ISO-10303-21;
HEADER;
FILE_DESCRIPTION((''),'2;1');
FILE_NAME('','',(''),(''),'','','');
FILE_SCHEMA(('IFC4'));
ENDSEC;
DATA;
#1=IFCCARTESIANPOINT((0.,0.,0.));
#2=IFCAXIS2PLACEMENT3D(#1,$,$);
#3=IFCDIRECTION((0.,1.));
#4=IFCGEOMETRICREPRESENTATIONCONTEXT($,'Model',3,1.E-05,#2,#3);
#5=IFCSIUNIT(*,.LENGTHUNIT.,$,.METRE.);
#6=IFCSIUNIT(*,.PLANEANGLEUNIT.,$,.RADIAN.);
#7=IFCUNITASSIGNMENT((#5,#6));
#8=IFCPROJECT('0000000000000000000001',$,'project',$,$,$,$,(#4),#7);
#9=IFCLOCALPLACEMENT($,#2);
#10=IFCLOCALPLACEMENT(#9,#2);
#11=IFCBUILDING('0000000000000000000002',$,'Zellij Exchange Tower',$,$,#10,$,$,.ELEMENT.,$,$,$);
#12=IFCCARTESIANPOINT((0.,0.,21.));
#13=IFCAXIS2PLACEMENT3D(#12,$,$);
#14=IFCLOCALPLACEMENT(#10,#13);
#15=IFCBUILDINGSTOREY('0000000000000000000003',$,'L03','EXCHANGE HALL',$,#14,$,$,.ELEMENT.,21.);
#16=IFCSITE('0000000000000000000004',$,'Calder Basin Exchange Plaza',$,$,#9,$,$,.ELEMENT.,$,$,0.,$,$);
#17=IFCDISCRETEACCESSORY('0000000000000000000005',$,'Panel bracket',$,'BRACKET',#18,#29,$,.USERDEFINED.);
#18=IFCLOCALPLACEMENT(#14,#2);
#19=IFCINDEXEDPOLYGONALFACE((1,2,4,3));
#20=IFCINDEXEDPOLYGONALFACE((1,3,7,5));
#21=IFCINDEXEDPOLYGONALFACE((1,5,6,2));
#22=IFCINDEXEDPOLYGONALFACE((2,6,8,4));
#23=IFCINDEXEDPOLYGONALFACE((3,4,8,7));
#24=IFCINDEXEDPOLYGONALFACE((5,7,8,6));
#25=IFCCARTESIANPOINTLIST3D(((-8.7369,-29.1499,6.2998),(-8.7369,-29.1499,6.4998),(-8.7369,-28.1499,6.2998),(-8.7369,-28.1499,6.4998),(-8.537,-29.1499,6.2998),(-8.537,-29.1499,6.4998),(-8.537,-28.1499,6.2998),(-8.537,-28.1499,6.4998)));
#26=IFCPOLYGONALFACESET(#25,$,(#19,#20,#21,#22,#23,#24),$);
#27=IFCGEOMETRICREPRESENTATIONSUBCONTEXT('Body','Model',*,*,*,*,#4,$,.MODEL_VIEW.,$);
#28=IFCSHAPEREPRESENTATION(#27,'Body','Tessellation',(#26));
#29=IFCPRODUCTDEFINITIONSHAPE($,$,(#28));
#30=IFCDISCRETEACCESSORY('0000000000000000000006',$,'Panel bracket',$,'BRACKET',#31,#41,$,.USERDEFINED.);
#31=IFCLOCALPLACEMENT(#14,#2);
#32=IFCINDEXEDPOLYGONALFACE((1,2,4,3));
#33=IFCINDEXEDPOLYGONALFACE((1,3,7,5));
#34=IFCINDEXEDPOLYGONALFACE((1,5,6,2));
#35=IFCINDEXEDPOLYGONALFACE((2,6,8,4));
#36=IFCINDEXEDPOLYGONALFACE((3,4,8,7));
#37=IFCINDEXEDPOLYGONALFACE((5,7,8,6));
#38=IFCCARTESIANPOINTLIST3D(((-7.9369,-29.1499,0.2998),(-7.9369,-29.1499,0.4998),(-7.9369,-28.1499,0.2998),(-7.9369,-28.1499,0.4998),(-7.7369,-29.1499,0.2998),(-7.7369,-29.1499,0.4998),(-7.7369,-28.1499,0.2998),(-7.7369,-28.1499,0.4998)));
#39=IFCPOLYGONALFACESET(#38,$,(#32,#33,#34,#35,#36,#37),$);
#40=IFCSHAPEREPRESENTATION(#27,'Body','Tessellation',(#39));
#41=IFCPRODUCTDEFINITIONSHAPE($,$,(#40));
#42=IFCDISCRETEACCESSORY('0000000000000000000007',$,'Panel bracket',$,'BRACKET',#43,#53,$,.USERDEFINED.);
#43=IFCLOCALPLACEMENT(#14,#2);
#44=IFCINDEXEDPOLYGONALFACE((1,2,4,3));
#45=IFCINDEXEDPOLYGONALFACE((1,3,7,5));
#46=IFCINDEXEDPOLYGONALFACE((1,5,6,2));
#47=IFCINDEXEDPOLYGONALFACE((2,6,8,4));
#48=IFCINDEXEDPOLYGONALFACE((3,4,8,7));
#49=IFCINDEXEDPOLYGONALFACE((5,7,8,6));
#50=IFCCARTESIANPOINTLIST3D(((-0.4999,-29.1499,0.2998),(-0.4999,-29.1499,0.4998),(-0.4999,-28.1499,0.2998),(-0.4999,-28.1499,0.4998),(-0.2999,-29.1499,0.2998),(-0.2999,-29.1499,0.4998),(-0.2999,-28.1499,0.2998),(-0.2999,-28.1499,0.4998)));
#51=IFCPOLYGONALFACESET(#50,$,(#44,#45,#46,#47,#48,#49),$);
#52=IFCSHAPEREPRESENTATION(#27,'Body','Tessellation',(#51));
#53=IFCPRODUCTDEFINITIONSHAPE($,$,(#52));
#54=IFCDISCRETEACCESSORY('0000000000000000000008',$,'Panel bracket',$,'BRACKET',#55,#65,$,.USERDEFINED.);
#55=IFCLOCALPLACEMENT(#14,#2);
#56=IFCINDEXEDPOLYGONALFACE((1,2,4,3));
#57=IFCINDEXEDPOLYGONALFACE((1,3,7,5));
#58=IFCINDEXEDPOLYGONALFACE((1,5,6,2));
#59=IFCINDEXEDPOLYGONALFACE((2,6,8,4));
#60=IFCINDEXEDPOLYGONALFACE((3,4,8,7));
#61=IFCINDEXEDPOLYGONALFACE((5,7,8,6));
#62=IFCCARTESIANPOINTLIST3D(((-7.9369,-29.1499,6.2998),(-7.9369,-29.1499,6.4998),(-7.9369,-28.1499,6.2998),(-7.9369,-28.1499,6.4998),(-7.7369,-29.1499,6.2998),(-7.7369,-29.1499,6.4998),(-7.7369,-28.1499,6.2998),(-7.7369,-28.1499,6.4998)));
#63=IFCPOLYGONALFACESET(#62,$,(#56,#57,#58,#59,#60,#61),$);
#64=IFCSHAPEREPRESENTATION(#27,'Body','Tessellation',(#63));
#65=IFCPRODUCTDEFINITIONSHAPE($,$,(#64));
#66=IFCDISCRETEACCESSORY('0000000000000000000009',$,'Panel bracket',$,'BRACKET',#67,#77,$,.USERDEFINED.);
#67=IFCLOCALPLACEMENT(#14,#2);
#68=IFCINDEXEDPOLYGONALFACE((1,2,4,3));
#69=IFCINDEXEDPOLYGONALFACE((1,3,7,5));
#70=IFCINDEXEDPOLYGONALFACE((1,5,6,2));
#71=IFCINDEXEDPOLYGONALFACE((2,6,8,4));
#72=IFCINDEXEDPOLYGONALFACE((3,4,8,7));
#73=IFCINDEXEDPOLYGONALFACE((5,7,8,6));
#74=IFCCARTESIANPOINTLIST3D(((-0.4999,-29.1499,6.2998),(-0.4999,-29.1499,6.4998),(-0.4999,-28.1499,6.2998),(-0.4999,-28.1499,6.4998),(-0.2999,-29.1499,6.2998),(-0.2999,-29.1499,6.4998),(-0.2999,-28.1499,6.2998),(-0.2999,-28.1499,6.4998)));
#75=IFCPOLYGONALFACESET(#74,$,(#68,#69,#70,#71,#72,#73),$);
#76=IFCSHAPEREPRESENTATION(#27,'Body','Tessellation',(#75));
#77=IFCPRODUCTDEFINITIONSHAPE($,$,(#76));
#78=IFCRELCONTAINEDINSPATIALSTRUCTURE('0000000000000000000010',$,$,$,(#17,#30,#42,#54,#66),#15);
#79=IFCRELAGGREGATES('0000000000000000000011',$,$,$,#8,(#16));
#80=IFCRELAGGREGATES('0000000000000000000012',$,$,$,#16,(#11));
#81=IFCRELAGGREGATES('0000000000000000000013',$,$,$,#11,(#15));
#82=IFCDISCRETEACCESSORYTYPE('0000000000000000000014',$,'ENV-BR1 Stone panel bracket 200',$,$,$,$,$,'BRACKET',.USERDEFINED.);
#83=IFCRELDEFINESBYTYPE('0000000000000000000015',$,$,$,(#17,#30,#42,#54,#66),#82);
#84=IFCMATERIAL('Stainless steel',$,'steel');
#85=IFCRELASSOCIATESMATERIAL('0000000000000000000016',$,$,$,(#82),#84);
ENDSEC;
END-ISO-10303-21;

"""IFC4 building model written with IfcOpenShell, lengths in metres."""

from ifc_helpers import new_model, si_unit, direction, frame, origin, origin_2d, place, context, subcontext, project, spatial, rectangle, extrude, material, type_object, element, save


model = new_model("IFC4")

# Units and contexts
model_context = context("Model", 3, precision=1e-05, world=origin(), true_north=direction((0.0, 1.0)))
body_context = subcontext(model_context, "Body", "Model", "MODEL_VIEW")
ifc_project = project(units=[si_unit("LENGTHUNIT", "METRE"), si_unit("PLANEANGLEUNIT", "RADIAN")], contexts=[model_context])

# Site, building, storey
site_placement = place(None, origin())
site = spatial("IfcSite", under=ifc_project, at=site_placement, Name="Calder Basin Exchange Plaza", CompositionType="ELEMENT", RefElevation=0.0)
building_placement = place(site_placement, origin())
building = spatial("IfcBuilding", under=site, at=building_placement, Name="Zellij Exchange Tower", CompositionType="ELEMENT")
storey_placement = place(building_placement, frame((0.0, 0.0, 21.0)))
storey = spatial("IfcBuildingStorey", under=building, at=storey_placement, Name="L03", Description="EXCHANGE HALL", CompositionType="ELEMENT", Elevation=21.0)

# Discrete accessories
ifc_material_1 = material(Name="Stainless steel", Category="steel")
discrete_accessory_type = type_object("IfcDiscreteAccessoryType", Name="ENV-BR1 Stone panel bracket 200", ElementType="BRACKET", PredefinedType="USERDEFINED", material=ifc_material_1)
for number, where, z_axis, x_axis, name in (
    (1, (-8.637, -28.6499, 6.2998), (0.0, 0.0, 1.0), (1.0, 0.0, 0.0), "Panel bracket"),
    (2, (-7.8369, -28.6499, 0.2998), (0.0, 0.0, 1.0), (1.0, 0.0, 0.0), "Panel bracket"),
    (3, (-0.3999, -28.6499, 0.2998), (0.0, 0.0, 1.0), (1.0, 0.0, 0.0), "Panel bracket"),
    (4, (-7.8369, -28.6499, 6.2998), (0.0, 0.0, 1.0), (1.0, 0.0, 0.0), "Panel bracket"),
    (5, (-0.3999, -28.6499, 6.2998), (0.0, 0.0, 1.0), (1.0, 0.0, 0.0), "Panel bracket"),
):
    element("IfcDiscreteAccessory", number, at=place(storey_placement, frame(where, z_axis=z_axis, x_axis=x_axis)), inside=storey, type_object=discrete_accessory_type, Name=name, ObjectType="BRACKET", PredefinedType="USERDEFINED", context=body_context, shape_type="SweptSolid", body=[
        extrude(rectangle(XDim=0.2, YDim=1.0, at=origin_2d()), origin(), (0.0, 0.0, 1.0), 0.2),
    ])

save(model, "model.ifc")
